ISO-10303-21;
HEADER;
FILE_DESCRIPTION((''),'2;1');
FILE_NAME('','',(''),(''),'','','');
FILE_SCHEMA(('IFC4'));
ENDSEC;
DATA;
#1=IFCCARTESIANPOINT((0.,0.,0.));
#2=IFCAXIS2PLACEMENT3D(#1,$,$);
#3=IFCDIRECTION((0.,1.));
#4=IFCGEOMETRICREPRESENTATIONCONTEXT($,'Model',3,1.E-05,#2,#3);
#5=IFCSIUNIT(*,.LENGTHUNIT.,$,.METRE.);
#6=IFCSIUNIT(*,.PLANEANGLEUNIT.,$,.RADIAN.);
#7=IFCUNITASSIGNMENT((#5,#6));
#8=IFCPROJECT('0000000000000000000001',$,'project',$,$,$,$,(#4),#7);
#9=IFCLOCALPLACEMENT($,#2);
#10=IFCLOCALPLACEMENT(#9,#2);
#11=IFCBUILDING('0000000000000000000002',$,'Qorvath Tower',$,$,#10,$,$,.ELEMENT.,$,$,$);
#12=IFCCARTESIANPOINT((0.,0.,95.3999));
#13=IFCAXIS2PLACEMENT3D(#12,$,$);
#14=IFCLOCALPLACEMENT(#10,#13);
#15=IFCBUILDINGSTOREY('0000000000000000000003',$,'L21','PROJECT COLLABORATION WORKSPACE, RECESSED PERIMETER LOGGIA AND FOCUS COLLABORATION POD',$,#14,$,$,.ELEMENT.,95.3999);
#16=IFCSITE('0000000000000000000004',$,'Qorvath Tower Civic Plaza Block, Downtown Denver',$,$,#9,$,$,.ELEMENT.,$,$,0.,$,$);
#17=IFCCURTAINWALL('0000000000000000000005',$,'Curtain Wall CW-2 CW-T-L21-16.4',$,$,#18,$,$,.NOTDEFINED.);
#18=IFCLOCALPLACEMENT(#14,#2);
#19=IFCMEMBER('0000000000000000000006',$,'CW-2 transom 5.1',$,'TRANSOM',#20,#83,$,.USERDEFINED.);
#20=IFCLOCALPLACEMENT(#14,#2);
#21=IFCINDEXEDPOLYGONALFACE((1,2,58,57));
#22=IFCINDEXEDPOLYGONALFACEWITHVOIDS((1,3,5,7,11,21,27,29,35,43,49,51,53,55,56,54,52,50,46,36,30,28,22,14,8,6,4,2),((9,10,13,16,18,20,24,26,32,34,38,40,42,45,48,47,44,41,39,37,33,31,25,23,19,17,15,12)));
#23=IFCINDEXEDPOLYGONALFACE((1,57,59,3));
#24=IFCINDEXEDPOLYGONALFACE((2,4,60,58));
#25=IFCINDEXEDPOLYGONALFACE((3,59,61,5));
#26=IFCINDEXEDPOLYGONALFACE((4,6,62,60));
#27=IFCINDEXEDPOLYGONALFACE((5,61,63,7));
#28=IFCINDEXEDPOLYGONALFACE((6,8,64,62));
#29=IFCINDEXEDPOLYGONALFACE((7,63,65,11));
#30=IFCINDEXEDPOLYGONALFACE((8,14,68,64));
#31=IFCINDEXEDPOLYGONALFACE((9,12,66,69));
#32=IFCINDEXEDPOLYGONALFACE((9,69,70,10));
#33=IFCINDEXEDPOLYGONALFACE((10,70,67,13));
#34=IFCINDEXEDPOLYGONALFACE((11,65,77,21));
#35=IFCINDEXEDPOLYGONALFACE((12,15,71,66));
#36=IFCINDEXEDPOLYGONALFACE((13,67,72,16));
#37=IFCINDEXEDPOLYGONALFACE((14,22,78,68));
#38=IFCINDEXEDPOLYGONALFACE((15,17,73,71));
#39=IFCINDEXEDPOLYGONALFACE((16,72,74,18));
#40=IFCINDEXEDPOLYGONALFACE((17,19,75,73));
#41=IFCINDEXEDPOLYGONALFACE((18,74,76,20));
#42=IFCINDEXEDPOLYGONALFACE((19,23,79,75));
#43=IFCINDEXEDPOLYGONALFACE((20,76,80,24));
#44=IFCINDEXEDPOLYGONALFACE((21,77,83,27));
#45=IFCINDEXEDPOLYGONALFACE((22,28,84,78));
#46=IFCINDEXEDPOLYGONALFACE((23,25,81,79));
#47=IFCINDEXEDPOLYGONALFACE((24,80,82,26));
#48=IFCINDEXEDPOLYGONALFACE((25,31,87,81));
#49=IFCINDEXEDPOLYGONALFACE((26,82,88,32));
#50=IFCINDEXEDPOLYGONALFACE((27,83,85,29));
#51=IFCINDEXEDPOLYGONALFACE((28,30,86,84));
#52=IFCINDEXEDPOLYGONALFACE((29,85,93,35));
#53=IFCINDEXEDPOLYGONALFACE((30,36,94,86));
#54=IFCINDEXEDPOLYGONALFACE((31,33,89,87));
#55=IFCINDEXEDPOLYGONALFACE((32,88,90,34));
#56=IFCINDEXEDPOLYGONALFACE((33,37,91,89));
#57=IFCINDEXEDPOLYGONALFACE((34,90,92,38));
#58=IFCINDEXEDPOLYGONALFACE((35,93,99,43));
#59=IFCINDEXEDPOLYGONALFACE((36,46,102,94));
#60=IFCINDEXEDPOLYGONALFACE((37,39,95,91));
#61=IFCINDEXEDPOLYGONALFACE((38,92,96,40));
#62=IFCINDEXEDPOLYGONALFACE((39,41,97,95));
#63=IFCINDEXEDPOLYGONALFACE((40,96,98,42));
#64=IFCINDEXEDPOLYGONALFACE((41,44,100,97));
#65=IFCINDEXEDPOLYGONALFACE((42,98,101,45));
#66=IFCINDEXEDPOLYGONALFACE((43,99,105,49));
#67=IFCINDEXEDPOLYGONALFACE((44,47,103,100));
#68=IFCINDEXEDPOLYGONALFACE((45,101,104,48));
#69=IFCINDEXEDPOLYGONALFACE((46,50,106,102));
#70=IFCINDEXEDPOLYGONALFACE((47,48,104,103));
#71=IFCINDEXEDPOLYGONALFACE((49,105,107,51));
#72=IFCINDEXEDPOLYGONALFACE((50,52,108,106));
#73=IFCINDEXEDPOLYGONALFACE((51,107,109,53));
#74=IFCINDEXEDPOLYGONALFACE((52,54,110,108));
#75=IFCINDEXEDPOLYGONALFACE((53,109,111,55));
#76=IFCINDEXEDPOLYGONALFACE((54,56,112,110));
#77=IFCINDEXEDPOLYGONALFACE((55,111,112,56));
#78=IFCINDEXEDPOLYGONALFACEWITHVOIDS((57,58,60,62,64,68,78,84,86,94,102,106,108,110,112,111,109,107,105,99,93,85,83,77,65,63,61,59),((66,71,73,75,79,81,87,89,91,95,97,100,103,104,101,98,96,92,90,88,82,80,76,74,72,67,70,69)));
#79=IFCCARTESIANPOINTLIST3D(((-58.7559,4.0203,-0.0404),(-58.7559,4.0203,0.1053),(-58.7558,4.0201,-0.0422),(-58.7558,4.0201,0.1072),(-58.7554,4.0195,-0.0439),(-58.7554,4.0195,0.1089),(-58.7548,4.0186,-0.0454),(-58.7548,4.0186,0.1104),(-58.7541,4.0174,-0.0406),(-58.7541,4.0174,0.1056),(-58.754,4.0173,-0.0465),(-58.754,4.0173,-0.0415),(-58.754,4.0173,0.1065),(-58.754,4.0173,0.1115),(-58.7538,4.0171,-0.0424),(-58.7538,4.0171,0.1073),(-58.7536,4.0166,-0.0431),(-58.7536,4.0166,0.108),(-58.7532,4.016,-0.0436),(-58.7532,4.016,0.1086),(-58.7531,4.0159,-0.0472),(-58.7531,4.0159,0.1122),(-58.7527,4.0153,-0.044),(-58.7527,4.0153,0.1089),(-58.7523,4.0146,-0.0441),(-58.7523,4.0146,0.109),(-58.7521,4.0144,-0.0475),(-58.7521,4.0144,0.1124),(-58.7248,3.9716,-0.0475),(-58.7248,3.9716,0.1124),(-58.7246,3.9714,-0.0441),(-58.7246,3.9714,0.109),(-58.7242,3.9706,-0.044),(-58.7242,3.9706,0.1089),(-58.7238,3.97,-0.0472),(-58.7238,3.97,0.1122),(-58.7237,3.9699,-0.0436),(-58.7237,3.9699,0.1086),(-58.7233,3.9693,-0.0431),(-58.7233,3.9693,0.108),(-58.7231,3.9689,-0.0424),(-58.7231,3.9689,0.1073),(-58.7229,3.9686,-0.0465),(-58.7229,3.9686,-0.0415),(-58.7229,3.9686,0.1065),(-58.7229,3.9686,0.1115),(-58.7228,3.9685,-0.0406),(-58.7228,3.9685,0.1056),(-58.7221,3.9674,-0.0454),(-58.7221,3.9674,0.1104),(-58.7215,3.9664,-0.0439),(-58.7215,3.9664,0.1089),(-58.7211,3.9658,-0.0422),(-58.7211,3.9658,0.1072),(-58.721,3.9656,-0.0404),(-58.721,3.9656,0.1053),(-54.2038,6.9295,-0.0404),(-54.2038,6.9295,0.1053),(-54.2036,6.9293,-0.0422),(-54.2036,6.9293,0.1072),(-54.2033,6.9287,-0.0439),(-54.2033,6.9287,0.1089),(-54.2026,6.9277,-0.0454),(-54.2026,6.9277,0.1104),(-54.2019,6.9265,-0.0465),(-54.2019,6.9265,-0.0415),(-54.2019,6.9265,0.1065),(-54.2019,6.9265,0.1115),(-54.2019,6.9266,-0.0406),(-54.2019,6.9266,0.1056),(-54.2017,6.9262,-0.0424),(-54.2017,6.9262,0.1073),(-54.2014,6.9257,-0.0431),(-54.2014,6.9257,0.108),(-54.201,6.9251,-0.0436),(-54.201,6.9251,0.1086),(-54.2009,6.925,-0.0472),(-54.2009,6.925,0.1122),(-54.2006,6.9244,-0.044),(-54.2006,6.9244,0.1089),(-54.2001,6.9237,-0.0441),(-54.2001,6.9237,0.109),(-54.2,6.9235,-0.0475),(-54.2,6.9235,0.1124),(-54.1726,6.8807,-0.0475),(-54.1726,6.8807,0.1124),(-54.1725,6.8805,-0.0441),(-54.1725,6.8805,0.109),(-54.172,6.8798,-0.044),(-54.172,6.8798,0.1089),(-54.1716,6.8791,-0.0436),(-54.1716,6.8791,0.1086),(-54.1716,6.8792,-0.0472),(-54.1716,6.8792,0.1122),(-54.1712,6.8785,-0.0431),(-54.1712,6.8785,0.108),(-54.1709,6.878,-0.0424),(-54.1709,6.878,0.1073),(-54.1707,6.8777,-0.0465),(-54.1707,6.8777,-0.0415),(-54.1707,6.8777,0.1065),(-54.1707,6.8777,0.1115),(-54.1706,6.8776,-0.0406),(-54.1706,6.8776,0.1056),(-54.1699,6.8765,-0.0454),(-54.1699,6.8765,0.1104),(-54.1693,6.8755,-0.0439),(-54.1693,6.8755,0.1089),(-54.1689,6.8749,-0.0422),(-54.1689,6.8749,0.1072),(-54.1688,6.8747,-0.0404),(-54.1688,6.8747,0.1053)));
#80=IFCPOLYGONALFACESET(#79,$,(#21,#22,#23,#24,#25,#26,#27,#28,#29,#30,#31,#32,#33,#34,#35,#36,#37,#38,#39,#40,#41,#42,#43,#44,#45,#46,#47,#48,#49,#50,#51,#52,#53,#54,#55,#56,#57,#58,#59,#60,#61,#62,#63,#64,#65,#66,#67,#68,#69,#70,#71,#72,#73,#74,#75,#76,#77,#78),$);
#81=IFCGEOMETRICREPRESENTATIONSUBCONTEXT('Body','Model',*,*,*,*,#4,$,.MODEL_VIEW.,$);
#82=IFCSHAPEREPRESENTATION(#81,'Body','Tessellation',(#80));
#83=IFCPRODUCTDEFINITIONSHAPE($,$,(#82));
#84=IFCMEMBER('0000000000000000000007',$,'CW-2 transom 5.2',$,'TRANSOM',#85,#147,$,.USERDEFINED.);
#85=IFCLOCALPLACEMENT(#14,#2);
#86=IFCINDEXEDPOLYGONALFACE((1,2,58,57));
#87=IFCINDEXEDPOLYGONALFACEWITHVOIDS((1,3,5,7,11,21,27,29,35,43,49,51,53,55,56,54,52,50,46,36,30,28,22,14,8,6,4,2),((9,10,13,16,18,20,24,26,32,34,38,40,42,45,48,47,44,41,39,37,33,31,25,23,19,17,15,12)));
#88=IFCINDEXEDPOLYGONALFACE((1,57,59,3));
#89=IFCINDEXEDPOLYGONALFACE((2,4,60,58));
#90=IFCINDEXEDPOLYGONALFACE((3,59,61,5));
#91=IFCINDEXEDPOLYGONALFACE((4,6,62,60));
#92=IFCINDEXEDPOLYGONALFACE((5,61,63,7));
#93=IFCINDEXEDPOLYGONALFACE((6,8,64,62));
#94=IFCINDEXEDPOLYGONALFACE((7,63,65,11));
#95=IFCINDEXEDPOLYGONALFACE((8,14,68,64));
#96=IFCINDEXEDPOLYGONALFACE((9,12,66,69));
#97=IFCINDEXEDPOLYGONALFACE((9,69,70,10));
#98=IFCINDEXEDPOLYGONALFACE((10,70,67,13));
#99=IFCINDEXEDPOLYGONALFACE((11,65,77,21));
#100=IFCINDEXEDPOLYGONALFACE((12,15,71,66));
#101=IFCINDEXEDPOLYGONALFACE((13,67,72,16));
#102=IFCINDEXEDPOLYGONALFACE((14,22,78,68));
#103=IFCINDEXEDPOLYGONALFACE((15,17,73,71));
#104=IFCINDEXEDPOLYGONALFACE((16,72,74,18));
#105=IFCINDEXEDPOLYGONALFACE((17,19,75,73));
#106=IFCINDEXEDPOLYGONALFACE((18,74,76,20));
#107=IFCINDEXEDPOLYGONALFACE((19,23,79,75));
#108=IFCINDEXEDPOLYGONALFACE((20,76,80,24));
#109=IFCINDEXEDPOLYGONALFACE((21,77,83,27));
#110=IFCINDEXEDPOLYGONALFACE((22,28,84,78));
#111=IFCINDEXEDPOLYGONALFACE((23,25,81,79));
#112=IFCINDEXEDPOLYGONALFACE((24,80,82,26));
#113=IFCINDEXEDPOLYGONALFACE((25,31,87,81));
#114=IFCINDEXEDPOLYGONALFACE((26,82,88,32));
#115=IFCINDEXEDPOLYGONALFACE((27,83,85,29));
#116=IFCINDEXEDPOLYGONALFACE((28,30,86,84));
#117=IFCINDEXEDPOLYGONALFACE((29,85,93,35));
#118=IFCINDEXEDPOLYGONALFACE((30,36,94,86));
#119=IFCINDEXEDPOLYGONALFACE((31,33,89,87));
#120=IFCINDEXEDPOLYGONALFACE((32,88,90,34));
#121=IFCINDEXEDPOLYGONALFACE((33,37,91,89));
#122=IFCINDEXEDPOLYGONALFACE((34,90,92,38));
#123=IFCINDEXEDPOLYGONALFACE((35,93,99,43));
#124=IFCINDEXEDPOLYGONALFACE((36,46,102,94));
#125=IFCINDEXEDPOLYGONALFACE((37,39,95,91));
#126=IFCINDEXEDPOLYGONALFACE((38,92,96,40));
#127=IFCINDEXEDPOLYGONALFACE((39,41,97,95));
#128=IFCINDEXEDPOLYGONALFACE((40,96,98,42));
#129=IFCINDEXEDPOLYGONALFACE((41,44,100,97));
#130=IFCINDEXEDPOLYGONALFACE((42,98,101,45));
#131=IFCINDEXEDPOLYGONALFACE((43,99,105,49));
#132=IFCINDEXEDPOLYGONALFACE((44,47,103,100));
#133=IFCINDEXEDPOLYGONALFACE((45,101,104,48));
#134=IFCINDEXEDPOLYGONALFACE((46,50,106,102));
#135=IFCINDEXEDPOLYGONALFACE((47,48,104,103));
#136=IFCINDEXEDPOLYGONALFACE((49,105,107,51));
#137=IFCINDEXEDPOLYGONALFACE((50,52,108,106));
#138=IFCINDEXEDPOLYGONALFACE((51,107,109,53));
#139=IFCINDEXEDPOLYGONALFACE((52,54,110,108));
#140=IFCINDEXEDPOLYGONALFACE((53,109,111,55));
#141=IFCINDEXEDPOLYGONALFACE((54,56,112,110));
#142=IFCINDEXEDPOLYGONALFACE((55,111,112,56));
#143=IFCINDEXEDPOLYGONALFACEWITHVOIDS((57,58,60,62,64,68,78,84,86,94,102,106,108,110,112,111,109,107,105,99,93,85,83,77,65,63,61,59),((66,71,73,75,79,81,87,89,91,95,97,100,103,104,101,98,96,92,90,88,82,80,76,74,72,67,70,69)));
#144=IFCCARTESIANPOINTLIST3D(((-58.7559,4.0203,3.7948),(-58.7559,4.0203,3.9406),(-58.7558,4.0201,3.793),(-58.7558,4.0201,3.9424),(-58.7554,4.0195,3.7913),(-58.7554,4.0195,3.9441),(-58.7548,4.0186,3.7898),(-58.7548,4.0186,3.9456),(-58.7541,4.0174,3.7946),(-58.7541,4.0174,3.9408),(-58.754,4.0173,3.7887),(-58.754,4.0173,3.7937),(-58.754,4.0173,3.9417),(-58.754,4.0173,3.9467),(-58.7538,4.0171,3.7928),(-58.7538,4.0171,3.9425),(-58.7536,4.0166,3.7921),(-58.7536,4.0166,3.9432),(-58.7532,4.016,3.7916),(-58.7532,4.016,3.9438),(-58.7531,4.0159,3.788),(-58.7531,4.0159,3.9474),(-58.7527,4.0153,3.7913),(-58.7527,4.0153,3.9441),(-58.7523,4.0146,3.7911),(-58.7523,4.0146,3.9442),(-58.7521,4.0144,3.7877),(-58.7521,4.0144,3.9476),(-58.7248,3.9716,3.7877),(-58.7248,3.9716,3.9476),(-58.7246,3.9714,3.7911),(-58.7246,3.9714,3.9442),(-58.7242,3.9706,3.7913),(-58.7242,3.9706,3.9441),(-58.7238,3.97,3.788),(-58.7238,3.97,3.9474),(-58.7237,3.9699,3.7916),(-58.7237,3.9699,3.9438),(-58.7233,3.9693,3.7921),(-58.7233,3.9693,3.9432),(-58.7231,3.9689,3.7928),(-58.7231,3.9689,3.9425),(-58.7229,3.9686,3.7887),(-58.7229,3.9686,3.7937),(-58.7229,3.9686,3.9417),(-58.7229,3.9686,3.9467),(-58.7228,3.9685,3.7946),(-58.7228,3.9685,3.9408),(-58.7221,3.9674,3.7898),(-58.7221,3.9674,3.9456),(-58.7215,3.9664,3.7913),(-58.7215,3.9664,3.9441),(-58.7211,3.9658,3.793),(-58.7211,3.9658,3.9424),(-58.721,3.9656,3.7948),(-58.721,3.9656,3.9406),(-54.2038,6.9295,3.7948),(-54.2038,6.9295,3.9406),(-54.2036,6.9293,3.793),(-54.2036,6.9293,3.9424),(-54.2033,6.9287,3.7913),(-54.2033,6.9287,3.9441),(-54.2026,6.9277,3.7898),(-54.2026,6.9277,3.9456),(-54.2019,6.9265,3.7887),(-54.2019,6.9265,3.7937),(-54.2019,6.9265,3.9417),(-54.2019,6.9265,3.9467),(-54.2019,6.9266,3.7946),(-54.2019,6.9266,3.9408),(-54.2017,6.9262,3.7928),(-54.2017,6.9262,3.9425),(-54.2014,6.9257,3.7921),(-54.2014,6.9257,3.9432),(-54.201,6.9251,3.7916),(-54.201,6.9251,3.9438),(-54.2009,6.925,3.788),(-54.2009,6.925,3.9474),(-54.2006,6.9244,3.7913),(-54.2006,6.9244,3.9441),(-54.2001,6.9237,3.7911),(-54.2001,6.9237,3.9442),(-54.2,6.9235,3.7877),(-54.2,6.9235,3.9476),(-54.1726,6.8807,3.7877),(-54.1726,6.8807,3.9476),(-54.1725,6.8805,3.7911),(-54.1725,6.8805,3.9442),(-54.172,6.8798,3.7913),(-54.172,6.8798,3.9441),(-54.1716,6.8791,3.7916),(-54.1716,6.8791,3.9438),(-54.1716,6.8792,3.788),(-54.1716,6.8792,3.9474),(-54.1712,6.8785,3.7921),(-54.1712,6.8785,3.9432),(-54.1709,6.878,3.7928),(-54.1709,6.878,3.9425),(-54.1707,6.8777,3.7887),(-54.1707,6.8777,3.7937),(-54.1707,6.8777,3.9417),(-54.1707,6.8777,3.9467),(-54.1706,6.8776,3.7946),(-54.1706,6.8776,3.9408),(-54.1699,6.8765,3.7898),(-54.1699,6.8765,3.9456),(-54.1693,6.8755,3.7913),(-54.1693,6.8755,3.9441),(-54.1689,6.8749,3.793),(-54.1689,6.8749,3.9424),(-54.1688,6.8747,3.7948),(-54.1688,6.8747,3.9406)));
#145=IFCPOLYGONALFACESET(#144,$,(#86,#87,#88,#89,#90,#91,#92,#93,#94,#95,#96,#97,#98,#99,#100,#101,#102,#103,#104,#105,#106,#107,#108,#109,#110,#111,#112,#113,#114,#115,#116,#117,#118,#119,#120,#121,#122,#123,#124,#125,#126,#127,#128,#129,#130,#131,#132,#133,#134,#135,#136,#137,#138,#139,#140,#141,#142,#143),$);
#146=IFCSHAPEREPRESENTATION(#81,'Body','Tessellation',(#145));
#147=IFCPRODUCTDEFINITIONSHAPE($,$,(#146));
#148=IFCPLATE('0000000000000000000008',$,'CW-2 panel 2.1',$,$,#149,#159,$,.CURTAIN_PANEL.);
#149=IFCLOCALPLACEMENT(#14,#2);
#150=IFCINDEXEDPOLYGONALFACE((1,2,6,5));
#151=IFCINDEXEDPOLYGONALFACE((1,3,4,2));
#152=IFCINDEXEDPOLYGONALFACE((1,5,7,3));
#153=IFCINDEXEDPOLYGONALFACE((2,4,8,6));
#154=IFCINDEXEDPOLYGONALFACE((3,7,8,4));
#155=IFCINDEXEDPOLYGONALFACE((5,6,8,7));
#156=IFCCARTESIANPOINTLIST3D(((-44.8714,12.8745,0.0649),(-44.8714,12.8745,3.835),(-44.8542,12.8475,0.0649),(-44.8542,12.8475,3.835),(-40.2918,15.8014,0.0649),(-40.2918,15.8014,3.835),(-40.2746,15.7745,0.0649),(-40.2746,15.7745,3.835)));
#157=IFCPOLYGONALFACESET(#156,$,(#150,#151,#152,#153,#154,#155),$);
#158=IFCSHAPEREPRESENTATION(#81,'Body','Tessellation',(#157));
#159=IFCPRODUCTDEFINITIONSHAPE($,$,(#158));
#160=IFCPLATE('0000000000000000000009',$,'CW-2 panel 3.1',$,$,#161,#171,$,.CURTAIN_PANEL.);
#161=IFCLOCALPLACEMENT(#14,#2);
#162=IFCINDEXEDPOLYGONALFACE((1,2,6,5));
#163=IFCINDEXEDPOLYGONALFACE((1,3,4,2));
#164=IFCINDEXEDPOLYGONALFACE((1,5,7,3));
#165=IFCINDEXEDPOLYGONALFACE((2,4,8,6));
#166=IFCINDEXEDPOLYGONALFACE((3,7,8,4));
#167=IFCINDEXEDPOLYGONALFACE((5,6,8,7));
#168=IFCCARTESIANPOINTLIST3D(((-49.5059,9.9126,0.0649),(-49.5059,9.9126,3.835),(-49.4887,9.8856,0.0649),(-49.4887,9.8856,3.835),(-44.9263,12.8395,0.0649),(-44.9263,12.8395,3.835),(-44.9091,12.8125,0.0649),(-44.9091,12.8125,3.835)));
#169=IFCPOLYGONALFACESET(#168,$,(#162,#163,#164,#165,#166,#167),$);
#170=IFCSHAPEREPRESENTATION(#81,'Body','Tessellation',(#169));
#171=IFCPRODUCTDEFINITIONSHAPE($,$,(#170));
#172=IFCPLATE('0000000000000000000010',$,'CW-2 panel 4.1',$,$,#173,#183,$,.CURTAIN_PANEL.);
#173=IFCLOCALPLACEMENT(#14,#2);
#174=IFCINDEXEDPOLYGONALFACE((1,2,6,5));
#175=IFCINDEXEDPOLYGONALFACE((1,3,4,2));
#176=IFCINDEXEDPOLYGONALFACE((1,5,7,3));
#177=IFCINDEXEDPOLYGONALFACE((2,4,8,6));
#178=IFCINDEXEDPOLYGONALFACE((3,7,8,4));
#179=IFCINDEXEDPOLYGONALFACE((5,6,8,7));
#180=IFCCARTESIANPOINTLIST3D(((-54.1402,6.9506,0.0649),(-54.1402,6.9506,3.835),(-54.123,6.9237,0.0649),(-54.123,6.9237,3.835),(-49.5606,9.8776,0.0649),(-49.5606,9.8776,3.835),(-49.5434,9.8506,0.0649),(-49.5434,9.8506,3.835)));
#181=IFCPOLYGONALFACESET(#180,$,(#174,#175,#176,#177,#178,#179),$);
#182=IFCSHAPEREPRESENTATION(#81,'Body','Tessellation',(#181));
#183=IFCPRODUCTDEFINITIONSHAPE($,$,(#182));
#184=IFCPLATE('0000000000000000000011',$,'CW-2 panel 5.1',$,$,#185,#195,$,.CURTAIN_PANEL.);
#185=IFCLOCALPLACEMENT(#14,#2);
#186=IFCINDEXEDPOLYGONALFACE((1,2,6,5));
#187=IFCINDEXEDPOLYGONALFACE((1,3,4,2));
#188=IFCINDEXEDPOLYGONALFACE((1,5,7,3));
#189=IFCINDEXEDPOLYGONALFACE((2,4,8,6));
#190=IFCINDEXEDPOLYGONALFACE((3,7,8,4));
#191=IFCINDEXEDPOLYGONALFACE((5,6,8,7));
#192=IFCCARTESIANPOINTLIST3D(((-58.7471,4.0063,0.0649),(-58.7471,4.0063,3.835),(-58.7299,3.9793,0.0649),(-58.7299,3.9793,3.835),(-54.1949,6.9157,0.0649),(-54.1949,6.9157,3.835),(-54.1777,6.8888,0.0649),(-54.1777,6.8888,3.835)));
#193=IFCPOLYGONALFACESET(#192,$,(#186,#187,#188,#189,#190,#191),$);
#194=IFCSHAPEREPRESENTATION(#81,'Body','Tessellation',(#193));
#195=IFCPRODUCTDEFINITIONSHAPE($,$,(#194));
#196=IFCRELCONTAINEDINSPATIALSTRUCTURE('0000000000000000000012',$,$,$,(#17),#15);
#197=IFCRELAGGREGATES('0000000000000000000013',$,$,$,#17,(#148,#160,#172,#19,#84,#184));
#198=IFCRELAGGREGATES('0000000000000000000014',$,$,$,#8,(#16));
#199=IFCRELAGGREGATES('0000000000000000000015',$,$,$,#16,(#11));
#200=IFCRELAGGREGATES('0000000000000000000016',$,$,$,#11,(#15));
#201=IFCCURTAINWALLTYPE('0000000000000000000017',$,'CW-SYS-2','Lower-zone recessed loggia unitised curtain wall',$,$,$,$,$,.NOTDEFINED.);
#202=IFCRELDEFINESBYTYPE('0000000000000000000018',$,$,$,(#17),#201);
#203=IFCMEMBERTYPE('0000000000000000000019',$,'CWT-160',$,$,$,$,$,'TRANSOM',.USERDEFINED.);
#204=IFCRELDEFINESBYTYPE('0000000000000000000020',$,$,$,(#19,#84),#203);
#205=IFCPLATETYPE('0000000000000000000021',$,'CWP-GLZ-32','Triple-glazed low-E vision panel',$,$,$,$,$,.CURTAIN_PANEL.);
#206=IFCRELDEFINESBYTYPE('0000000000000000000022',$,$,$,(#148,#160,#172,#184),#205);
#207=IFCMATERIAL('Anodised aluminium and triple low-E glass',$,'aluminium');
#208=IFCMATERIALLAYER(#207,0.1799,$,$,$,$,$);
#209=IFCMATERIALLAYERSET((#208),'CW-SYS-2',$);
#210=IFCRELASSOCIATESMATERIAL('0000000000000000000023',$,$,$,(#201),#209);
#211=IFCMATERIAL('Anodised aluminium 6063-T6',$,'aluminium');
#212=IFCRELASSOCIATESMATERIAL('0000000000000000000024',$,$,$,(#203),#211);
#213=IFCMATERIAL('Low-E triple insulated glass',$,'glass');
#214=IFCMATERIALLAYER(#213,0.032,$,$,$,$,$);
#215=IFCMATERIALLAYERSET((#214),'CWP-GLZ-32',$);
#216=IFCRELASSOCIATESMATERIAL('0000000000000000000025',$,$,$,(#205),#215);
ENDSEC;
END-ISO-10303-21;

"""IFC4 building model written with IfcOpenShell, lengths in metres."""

from ifc_helpers import new_model, si_unit, direction, frame, origin, origin_2d, place, context, subcontext, project, spatial, rectangle, hollow_rectangle, extrude, material, layer, layer_set, material_profile, profile_set, type_object, element, aggregate, save


model = new_model("IFC4")

# Units and contexts
model_context = context("Model", 3, precision=1e-05, world=origin(), true_north=direction((0.0, 1.0)))
body_context = subcontext(model_context, "Body", "Model", "MODEL_VIEW")
ifc_project = project(units=[si_unit("LENGTHUNIT", "METRE"), si_unit("PLANEANGLEUNIT", "RADIAN")], contexts=[model_context])

# Site, building, storey
site_placement = place(None, origin())
site = spatial("IfcSite", under=ifc_project, at=site_placement, Name="Qorvath Tower Civic Plaza Block, Downtown Denver", CompositionType="ELEMENT", RefElevation=0.0)
building_placement = place(site_placement, origin())
building = spatial("IfcBuilding", under=site, at=building_placement, Name="Qorvath Tower", CompositionType="ELEMENT")
storey_placement = place(building_placement, frame((0.0, 0.0, 95.3999)))
storey = spatial("IfcBuildingStorey", under=building, at=storey_placement, Name="L21", Description="PROJECT COLLABORATION WORKSPACE, RECESSED PERIMETER LOGGIA AND FOCUS COLLABORATION POD", CompositionType="ELEMENT", Elevation=95.3999)

# Curtain wall, members, plates
ifc_material_1 = material(Name="Anodised aluminium and triple low-E glass", Category="aluminium")
ifc_layer_1 = layer(ifc_material_1, 0.1799)
ifc_layer_set_1 = layer_set([ifc_layer_1], Name="CW-SYS-2")
curtain_wall_type = type_object("IfcCurtainWallType", Name="CW-SYS-2", Description="Lower-zone recessed loggia unitised curtain wall", PredefinedType="NOTDEFINED", material=ifc_layer_set_1)
curtain_wall_placement = place(storey_placement, origin())
curtain_wall = element("IfcCurtainWall", 1, at=curtain_wall_placement, inside=storey, type_object=curtain_wall_type, Name="Curtain Wall CW-2 CW-T-L21-16.4", PredefinedType="NOTDEFINED")
ifc_material_2 = material(Name="Anodised aluminium 6063-T6", Category="aluminium")
ifc_material_profile_1 = material_profile(ifc_material_2, hollow_rectangle(XDim=0.0649, YDim=0.1599, WallThickness=0.0034, InnerFilletRadius=0.0034, OuterFilletRadius=0.0071, at=origin_2d()), Name="CWT 160x65")
ifc_profile_set_1 = profile_set([ifc_material_profile_1], Name="Anodised aluminium 6063-T6")
member_type_1 = type_object("IfcMemberType", Name="CWT-160", ElementType="TRANSOM", PredefinedType="USERDEFINED", material=ifc_profile_set_1)
member_1_placement = place(storey_placement, frame((-54.1863, 6.9021, 0.0325), z_axis=(-0.842629, -0.538494, 0.0), x_axis=(0.538494, -0.842629, 0.0)))
member_1 = element("IfcMember", 2, at=member_1_placement, type_object=member_type_1, Name="CW-2 transom 5.1", ObjectType="TRANSOM", PredefinedType="USERDEFINED", context=body_context, shape_type="SweptSolid", body=[
    extrude(hollow_rectangle(XDim=0.0649, YDim=0.1599, WallThickness=0.0034, InnerFilletRadius=0.0034, OuterFilletRadius=0.0071, at=origin_2d()), origin(), (0.0, 0.0, 1.0), 5.4023),
])
member_2_placement = place(storey_placement, frame((-54.1863, 6.9021, 3.8677), z_axis=(-0.842629, -0.538494, 0.0), x_axis=(0.538494, -0.842629, 0.0)))
member_2 = element("IfcMember", 3, at=member_2_placement, type_object=member_type_1, Name="CW-2 transom 5.2", ObjectType="TRANSOM", PredefinedType="USERDEFINED", context=body_context, shape_type="SweptSolid", body=[
    extrude(hollow_rectangle(XDim=0.0649, YDim=0.1599, WallThickness=0.0034, InnerFilletRadius=0.0034, OuterFilletRadius=0.0071, at=origin_2d()), origin(), (0.0, 0.0, 1.0), 5.4023),
])
ifc_material_3 = material(Name="Low-E triple insulated glass", Category="glass")
ifc_layer_2 = layer(ifc_material_3, 0.032)
ifc_layer_set_2 = layer_set([ifc_layer_2], Name="CWP-GLZ-32")
plate_type = type_object("IfcPlateType", Name="CWP-GLZ-32", Description="Triple-glazed low-E vision panel", PredefinedType="CURTAIN_PANEL", material=ifc_layer_set_2)
plate_1_placement = place(storey_placement, frame((-42.573, 14.3245, 0.0649), z_axis=(0.0, 0.0, 1.0), x_axis=(-0.842607, -0.538529, 0.0)))
plate_1 = element("IfcPlate", 4, at=plate_1_placement, type_object=plate_type, Name="CW-2 panel 2.1", PredefinedType="CURTAIN_PANEL", context=body_context, shape_type="SweptSolid", body=[
    extrude(rectangle(XDim=5.4351, YDim=0.032, at=origin_2d()), origin(), (0.0, 0.0, 1.0), 3.77),
])
plate_2_placement = place(storey_placement, frame((-47.2075, 11.3625, 0.0649), z_axis=(0.0, 0.0, 1.0), x_axis=(-0.842607, -0.538529, 0.0)))
plate_2 = element("IfcPlate", 5, at=plate_2_placement, type_object=plate_type, Name="CW-2 panel 3.1", PredefinedType="CURTAIN_PANEL", context=body_context, shape_type="SweptSolid", body=[
    extrude(rectangle(XDim=5.4351, YDim=0.032, at=origin_2d()), origin(), (0.0, 0.0, 1.0), 3.77),
])
plate_3_placement = place(storey_placement, frame((-51.8418, 8.4006, 0.0649), z_axis=(0.0, 0.0, 1.0), x_axis=(-0.842607, -0.538529, 0.0)))
plate_3 = element("IfcPlate", 6, at=plate_3_placement, type_object=plate_type, Name="CW-2 panel 4.1", PredefinedType="CURTAIN_PANEL", context=body_context, shape_type="SweptSolid", body=[
    extrude(rectangle(XDim=5.4351, YDim=0.032, at=origin_2d()), origin(), (0.0, 0.0, 1.0), 3.77),
])
plate_4_placement = place(storey_placement, frame((-56.4624, 5.4475, 0.0649), z_axis=(0.0, 0.0, 1.0), x_axis=(-0.842607, -0.538529, 0.0)))
plate_4 = element("IfcPlate", 7, at=plate_4_placement, type_object=plate_type, Name="CW-2 panel 5.1", PredefinedType="CURTAIN_PANEL", context=body_context, shape_type="SweptSolid", body=[
    extrude(rectangle(XDim=5.4026, YDim=0.032, at=origin_2d()), origin(), (0.0, 0.0, 1.0), 3.77),
])
aggregate(curtain_wall, [plate_1, plate_2, plate_3, member_1, member_2, plate_4])

save(model, "model.ifc")
